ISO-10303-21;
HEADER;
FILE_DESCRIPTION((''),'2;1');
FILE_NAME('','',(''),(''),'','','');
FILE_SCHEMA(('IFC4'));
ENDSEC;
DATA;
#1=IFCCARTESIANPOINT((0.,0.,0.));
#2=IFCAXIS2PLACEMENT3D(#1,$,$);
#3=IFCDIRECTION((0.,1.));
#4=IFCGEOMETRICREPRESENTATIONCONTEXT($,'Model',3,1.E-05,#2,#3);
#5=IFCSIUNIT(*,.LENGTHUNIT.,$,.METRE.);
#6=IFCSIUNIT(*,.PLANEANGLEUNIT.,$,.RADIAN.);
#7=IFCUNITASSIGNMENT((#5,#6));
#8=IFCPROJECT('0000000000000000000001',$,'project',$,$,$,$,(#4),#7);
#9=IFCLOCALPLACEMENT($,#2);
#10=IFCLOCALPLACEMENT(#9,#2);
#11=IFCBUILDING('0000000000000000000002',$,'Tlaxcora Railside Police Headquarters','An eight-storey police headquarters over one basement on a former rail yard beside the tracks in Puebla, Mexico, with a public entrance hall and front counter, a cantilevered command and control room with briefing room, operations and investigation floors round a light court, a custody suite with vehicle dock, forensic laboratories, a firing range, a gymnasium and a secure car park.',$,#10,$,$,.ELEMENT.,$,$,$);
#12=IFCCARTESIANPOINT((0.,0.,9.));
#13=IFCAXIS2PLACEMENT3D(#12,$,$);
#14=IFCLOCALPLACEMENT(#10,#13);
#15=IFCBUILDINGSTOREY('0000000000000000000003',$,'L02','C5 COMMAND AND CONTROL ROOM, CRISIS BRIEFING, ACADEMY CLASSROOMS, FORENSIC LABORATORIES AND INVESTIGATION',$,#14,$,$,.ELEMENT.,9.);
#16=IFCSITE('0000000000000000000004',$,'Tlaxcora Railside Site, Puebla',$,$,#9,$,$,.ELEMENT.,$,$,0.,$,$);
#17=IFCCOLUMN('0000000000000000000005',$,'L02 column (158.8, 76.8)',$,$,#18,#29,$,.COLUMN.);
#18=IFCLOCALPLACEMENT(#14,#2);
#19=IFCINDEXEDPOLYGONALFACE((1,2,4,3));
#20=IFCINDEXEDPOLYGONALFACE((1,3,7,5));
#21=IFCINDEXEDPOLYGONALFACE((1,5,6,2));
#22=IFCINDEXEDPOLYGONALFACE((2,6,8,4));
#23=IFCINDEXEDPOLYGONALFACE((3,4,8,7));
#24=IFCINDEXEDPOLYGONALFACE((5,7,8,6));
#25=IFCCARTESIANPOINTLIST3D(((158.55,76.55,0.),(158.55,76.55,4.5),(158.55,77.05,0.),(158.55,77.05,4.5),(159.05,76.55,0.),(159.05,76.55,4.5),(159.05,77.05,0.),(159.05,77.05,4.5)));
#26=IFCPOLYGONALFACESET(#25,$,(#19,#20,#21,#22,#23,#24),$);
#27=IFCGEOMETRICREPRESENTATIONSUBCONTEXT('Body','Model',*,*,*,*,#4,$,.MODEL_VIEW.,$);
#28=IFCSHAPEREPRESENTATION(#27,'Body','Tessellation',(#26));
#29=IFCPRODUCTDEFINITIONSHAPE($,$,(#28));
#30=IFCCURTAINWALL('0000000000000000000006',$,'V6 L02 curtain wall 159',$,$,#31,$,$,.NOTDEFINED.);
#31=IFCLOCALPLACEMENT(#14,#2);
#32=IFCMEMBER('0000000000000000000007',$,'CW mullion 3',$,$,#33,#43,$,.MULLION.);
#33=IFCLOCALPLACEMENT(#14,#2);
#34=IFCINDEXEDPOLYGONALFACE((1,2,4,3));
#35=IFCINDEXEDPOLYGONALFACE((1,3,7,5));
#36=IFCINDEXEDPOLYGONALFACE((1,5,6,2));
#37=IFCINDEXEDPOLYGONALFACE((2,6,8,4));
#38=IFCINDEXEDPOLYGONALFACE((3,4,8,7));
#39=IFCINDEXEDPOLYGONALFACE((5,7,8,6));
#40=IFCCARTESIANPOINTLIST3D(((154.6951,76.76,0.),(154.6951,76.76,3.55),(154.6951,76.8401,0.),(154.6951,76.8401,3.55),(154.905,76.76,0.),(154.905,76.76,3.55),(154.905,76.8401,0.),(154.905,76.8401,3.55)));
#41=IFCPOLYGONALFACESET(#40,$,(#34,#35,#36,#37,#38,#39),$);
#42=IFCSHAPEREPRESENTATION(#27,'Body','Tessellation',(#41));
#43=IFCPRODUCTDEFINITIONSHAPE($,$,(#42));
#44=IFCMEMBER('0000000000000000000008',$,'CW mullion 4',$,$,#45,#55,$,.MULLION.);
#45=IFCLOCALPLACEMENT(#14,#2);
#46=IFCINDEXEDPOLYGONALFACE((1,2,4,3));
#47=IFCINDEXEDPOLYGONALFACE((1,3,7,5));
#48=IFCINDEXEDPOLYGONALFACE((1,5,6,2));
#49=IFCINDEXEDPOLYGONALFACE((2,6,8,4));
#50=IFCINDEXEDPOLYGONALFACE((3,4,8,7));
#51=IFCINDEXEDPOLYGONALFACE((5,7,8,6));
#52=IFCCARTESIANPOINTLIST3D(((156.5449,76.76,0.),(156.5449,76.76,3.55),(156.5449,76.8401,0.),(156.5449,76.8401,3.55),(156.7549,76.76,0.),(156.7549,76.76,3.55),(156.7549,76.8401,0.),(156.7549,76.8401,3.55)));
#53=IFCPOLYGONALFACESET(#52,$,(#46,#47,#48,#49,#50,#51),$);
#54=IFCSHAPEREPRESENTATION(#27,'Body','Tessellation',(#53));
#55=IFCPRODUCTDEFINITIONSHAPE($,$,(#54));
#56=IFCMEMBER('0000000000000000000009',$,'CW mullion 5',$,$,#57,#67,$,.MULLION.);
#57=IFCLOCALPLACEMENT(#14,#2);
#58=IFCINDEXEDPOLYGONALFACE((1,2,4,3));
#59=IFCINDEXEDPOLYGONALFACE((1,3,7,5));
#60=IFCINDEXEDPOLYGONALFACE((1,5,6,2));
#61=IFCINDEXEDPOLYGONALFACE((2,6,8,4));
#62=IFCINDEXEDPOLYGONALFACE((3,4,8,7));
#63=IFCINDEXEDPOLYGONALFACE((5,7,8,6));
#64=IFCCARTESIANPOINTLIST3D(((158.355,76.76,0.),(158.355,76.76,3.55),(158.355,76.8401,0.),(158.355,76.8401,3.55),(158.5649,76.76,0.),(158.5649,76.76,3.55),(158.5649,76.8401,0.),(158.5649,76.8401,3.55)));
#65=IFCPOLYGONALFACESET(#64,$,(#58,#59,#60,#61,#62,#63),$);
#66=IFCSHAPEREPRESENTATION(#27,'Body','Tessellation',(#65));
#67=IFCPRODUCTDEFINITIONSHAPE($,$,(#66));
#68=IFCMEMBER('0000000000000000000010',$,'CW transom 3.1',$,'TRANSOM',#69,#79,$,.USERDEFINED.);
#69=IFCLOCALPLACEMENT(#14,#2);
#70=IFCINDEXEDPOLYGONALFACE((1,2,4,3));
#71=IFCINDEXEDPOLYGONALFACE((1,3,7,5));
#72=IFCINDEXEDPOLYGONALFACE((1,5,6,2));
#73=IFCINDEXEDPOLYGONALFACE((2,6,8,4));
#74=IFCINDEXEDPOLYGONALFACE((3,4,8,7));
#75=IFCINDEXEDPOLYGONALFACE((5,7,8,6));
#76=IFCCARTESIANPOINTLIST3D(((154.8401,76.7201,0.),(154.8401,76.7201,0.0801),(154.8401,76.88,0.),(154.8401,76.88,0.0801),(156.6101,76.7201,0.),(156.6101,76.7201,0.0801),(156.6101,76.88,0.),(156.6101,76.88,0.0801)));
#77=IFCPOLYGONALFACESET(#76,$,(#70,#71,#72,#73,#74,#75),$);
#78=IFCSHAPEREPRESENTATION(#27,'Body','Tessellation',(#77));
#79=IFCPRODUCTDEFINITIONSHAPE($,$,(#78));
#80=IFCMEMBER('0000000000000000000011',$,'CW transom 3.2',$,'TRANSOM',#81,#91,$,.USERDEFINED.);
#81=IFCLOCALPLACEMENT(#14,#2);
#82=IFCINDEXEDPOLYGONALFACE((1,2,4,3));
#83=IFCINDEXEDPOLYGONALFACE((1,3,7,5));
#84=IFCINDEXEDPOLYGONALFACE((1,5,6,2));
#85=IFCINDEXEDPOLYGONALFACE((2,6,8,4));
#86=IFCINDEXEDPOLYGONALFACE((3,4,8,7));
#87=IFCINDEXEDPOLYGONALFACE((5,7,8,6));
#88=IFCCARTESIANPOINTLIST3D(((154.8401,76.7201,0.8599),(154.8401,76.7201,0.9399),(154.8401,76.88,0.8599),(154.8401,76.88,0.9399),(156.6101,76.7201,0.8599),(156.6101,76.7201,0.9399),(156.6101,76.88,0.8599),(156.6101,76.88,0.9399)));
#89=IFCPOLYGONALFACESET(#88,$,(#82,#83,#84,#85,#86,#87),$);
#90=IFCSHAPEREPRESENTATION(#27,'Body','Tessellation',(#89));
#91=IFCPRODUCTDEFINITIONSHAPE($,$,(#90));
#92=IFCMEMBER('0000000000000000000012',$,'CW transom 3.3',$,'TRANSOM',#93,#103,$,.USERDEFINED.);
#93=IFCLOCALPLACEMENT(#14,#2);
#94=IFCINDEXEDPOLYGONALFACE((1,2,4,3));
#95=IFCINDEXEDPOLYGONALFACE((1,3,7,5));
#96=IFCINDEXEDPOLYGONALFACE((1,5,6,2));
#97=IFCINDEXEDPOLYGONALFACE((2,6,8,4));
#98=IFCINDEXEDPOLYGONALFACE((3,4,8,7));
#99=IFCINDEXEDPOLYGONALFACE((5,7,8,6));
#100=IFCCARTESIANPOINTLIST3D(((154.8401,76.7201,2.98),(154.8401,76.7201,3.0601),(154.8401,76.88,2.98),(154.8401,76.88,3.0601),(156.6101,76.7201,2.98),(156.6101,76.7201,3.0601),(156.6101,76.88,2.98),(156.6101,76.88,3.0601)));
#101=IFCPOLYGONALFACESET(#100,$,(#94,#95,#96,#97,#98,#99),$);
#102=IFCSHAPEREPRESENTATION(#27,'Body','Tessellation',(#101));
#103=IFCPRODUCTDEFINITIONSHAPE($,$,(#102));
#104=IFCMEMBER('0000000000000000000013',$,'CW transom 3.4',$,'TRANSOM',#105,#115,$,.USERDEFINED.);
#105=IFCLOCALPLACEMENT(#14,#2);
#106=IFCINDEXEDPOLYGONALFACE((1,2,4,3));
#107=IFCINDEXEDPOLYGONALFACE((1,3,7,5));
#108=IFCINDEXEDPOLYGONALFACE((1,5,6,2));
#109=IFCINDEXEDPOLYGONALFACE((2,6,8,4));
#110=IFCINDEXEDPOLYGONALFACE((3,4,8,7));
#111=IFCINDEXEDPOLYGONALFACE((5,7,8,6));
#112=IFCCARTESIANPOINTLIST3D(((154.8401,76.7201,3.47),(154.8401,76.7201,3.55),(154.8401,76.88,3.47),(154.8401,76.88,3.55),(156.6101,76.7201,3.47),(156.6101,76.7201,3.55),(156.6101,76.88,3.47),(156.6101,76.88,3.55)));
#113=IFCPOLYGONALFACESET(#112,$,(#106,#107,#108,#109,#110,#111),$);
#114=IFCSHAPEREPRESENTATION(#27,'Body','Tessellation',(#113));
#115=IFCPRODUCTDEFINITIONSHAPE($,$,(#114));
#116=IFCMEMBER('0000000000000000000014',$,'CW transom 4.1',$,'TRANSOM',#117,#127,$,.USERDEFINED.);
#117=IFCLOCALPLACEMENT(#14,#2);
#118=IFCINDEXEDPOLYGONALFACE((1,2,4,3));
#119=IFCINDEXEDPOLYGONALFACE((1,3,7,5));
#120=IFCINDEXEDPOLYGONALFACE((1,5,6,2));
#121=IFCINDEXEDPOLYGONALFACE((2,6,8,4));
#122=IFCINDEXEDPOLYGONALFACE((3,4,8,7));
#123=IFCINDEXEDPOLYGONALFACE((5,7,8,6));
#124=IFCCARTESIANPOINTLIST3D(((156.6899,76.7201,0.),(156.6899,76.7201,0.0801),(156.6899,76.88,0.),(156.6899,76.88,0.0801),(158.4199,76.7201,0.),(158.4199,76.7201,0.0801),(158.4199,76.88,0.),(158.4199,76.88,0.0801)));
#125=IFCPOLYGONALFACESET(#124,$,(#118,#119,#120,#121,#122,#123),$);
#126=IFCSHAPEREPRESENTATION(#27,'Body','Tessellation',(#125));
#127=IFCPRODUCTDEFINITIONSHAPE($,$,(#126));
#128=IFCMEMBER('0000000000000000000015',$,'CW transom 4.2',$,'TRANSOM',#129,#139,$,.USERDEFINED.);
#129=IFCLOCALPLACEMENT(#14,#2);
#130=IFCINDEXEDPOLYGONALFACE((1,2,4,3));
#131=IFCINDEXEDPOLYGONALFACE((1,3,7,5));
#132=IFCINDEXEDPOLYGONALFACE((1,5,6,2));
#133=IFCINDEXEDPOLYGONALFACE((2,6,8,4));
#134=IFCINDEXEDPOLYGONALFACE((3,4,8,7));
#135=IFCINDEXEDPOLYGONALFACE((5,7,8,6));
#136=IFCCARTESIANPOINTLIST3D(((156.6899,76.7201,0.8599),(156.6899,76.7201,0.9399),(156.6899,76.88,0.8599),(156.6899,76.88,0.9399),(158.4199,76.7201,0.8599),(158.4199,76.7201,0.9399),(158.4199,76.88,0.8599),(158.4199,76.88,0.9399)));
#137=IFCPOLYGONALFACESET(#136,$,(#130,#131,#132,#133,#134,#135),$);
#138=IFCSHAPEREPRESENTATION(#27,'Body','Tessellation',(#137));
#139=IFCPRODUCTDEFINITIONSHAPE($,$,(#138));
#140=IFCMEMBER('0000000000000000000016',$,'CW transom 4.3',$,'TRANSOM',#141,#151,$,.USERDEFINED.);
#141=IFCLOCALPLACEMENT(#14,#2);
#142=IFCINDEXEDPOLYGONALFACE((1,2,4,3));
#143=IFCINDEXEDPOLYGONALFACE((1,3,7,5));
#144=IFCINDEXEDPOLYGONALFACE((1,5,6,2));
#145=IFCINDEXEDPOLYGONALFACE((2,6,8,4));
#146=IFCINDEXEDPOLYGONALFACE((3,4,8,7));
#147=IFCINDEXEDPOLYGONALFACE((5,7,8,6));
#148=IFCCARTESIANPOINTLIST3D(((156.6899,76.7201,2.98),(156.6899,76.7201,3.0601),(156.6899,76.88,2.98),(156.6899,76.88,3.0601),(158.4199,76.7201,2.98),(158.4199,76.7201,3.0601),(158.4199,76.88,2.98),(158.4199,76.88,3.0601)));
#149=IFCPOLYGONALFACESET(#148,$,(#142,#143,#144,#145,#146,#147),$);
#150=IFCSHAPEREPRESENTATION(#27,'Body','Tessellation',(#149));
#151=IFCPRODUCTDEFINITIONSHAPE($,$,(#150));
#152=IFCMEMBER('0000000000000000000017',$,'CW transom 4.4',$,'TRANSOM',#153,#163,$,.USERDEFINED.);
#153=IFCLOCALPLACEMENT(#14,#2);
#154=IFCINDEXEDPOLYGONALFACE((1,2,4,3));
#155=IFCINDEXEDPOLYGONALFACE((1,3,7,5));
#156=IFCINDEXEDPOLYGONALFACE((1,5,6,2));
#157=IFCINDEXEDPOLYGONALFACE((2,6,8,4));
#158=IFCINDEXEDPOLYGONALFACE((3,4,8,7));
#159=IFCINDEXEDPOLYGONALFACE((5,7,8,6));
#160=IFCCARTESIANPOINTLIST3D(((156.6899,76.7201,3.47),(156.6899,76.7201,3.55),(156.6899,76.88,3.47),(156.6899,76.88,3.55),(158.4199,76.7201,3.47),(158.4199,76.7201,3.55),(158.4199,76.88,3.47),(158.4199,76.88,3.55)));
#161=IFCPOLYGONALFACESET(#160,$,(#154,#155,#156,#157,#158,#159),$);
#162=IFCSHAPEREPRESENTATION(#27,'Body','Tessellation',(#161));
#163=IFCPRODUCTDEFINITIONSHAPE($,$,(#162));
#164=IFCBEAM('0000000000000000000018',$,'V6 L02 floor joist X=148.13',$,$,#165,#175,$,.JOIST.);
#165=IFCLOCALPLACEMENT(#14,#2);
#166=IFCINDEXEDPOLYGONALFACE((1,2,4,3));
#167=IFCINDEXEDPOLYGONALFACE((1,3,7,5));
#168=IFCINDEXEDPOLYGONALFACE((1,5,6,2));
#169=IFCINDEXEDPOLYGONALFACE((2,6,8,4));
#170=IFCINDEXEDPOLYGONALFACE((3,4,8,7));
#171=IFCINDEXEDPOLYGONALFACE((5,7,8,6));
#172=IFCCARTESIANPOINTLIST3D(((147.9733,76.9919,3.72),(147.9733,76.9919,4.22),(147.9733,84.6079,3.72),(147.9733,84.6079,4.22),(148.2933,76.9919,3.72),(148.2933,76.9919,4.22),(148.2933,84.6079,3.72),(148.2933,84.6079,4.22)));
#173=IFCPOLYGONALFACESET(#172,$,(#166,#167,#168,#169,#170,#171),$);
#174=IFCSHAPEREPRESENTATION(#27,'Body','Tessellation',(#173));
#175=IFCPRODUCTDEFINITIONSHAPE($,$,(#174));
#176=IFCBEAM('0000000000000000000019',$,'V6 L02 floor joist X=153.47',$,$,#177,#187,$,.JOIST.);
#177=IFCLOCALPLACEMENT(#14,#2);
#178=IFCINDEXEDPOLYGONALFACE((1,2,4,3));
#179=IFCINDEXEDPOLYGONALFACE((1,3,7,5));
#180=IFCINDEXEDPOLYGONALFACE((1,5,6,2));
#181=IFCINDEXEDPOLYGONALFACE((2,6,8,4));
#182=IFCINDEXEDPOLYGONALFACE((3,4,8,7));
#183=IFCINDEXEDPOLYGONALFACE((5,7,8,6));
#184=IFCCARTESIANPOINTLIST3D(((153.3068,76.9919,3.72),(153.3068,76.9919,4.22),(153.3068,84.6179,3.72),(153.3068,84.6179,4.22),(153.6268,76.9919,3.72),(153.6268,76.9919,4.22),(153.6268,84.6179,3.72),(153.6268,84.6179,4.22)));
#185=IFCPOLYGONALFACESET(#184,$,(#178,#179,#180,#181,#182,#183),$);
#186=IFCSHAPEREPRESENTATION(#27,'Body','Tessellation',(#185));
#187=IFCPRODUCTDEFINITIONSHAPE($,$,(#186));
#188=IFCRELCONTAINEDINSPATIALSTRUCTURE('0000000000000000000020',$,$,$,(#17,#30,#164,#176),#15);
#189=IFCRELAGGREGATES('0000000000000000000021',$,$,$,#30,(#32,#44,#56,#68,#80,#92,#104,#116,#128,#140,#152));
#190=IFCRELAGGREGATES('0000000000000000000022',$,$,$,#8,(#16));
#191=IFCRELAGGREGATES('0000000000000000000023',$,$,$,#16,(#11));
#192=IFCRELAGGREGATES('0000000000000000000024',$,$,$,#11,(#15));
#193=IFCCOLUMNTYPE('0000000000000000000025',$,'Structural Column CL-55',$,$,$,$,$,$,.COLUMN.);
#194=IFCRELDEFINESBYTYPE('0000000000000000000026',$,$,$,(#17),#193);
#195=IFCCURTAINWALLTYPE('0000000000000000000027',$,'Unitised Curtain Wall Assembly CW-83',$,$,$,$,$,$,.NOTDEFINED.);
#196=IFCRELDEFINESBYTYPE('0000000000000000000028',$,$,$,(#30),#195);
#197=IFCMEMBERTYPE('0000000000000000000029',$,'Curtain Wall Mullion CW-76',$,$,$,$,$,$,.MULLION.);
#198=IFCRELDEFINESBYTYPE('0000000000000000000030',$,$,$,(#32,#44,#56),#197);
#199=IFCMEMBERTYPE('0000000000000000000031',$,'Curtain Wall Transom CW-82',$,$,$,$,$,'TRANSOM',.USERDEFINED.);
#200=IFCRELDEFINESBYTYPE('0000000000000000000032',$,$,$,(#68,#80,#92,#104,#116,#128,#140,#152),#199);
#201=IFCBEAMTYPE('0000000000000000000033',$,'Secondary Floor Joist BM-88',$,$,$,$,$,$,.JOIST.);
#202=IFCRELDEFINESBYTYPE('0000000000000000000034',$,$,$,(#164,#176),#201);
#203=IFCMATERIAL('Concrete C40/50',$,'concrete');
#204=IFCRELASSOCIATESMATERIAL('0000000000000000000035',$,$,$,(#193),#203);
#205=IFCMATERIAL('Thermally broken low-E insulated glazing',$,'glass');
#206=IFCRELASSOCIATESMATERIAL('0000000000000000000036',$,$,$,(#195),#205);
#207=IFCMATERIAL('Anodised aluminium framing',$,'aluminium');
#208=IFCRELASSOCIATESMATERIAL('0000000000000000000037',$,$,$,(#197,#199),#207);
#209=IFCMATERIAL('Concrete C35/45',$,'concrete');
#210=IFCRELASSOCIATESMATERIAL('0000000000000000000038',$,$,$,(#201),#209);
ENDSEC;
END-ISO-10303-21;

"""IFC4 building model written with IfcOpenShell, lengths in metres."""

from ifc_helpers import new_model, si_unit, direction, frame, origin, origin_2d, place, context, subcontext, project, spatial, rectangle, extrude, material, material_profile, profile_set, type_object, element, aggregate, save


model = new_model("IFC4")

# Units and contexts
model_context = context("Model", 3, precision=1e-05, world=origin(), true_north=direction((0.0, 1.0)))
body_context = subcontext(model_context, "Body", "Model", "MODEL_VIEW")
ifc_project = project(units=[si_unit("LENGTHUNIT", "METRE"), si_unit("PLANEANGLEUNIT", "RADIAN")], contexts=[model_context])

# Site, building, storey
site_placement = place(None, origin())
site = spatial("IfcSite", under=ifc_project, at=site_placement, Name="Tlaxcora Railside Site, Puebla", CompositionType="ELEMENT", RefElevation=0.0)
building_placement = place(site_placement, origin())
building = spatial("IfcBuilding", under=site, at=building_placement, Name="Tlaxcora Railside Police Headquarters", Description="An eight-storey police headquarters over one basement on a former rail yard beside the tracks in Puebla, Mexico, with a public entrance hall and front counter, a cantilevered command and control room with briefing room, operations and investigation floors round a light court, a custody suite with vehicle dock, forensic laboratories, a firing range, a gymnasium and a secure car park.", CompositionType="ELEMENT")
storey_placement = place(building_placement, frame((0.0, 0.0, 9.0)))
storey = spatial("IfcBuildingStorey", under=building, at=storey_placement, Name="L02", Description="C5 COMMAND AND CONTROL ROOM, CRISIS BRIEFING, ACADEMY CLASSROOMS, FORENSIC LABORATORIES AND INVESTIGATION", CompositionType="ELEMENT", Elevation=9.0)

# Column
ifc_material_1 = material(Name="Concrete C40/50", Category="concrete")
ifc_material_profile_1 = material_profile(ifc_material_1, rectangle(XDim=0.5, YDim=0.5, at=origin_2d()), Name="RC500X500")
ifc_profile_set_1 = profile_set([ifc_material_profile_1], Name="Concrete C40/50")
column_type = type_object("IfcColumnType", Name="Structural Column CL-55", PredefinedType="COLUMN", material=ifc_profile_set_1)
column_placement = place(storey_placement, frame((158.8, 76.8, 0.0), z_axis=(0.0, 0.0, 1.0), x_axis=(1.0, 0.0, 0.0)))
element("IfcColumn", 1, at=column_placement, inside=storey, type_object=column_type, Name="L02 column (158.8, 76.8)", PredefinedType="COLUMN", context=body_context, shape_type="SweptSolid", body=[
    extrude(rectangle(XDim=0.5, YDim=0.5, at=origin_2d()), origin(), (0.0, 0.0, 1.0), 4.5),
])

# Curtain wall, members
ifc_material_2 = material(Name="Thermally broken low-E insulated glazing", Category="glass")
curtain_wall_type = type_object("IfcCurtainWallType", Name="Unitised Curtain Wall Assembly CW-83", PredefinedType="NOTDEFINED", material=ifc_material_2)
curtain_wall_placement = place(storey_placement, origin())
curtain_wall = element("IfcCurtainWall", 2, at=curtain_wall_placement, inside=storey, type_object=curtain_wall_type, Name="V6 L02 curtain wall 159", PredefinedType="NOTDEFINED")
ifc_material_3 = material(Name="Anodised aluminium framing", Category="aluminium")
ifc_material_profile_2 = material_profile(ifc_material_3, rectangle(XDim=0.0801, YDim=0.21, at=origin_2d()), Name="AL80X210")
ifc_profile_set_2 = profile_set([ifc_material_profile_2], Name="Anodised aluminium framing")
member_type_1 = type_object("IfcMemberType", Name="Curtain Wall Mullion CW-76", PredefinedType="MULLION", material=ifc_profile_set_2)
member_1_placement = place(storey_placement, frame((154.8, 76.8, 0.0), z_axis=(0.0, 0.0, 1.0), x_axis=(0.0, 1.0, 0.0)))
member_1 = element("IfcMember", 3, at=member_1_placement, type_object=member_type_1, Name="CW mullion 3", PredefinedType="MULLION", context=body_context, shape_type="SweptSolid", body=[
    extrude(rectangle(XDim=0.0801, YDim=0.21, at=origin_2d()), origin(), (0.0, 0.0, 1.0), 3.55),
])
member_2_placement = place(storey_placement, frame((156.6499, 76.8, 0.0), z_axis=(0.0, 0.0, 1.0), x_axis=(0.0, 1.0, 0.0)))
member_2 = element("IfcMember", 4, at=member_2_placement, type_object=member_type_1, Name="CW mullion 4", PredefinedType="MULLION", context=body_context, shape_type="SweptSolid", body=[
    extrude(rectangle(XDim=0.0801, YDim=0.21, at=origin_2d()), origin(), (0.0, 0.0, 1.0), 3.55),
])
member_3_placement = place(storey_placement, frame((158.46, 76.8, 0.0), z_axis=(0.0, 0.0, 1.0), x_axis=(0.0, 1.0, 0.0)))
member_3 = element("IfcMember", 5, at=member_3_placement, type_object=member_type_1, Name="CW mullion 5", PredefinedType="MULLION", context=body_context, shape_type="SweptSolid", body=[
    extrude(rectangle(XDim=0.0801, YDim=0.21, at=origin_2d()), origin(), (0.0, 0.0, 1.0), 3.55),
])
ifc_material_profile_3 = material_profile(ifc_material_3, rectangle(XDim=0.1599, YDim=0.0801, at=origin_2d()), Name="AL80X160")
ifc_profile_set_3 = profile_set([ifc_material_profile_3], Name="Anodised aluminium framing")
member_type_2 = type_object("IfcMemberType", Name="Curtain Wall Transom CW-82", ElementType="TRANSOM", PredefinedType="USERDEFINED", material=ifc_profile_set_3)
member_4_placement = place(storey_placement, frame((154.8401, 76.8, 0.04), z_axis=(1.0, 0.0, 0.0), x_axis=(0.0, 1.0, 0.0)))
member_4 = element("IfcMember", 6, at=member_4_placement, type_object=member_type_2, Name="CW transom 3.1", ObjectType="TRANSOM", PredefinedType="USERDEFINED", context=body_context, shape_type="SweptSolid", body=[
    extrude(rectangle(XDim=0.1599, YDim=0.0801, at=origin_2d()), origin(), (0.0, 0.0, 1.0), 1.77),
])
member_5_placement = place(storey_placement, frame((154.8401, 76.8, 0.8999), z_axis=(1.0, 0.0, 0.0), x_axis=(0.0, 1.0, 0.0)))
member_5 = element("IfcMember", 7, at=member_5_placement, type_object=member_type_2, Name="CW transom 3.2", ObjectType="TRANSOM", PredefinedType="USERDEFINED", context=body_context, shape_type="SweptSolid", body=[
    extrude(rectangle(XDim=0.1599, YDim=0.0801, at=origin_2d()), origin(), (0.0, 0.0, 1.0), 1.77),
])
member_6_placement = place(storey_placement, frame((154.8401, 76.8, 3.02), z_axis=(1.0, 0.0, 0.0), x_axis=(0.0, 1.0, 0.0)))
member_6 = element("IfcMember", 8, at=member_6_placement, type_object=member_type_2, Name="CW transom 3.3", ObjectType="TRANSOM", PredefinedType="USERDEFINED", context=body_context, shape_type="SweptSolid", body=[
    extrude(rectangle(XDim=0.1599, YDim=0.0801, at=origin_2d()), origin(), (0.0, 0.0, 1.0), 1.77),
])
member_7_placement = place(storey_placement, frame((154.8401, 76.8, 3.51), z_axis=(1.0, 0.0, 0.0), x_axis=(0.0, 1.0, 0.0)))
member_7 = element("IfcMember", 9, at=member_7_placement, type_object=member_type_2, Name="CW transom 3.4", ObjectType="TRANSOM", PredefinedType="USERDEFINED", context=body_context, shape_type="SweptSolid", body=[
    extrude(rectangle(XDim=0.1599, YDim=0.0801, at=origin_2d()), origin(), (0.0, 0.0, 1.0), 1.77),
])
member_8_placement = place(storey_placement, frame((156.6899, 76.8, 0.04), z_axis=(1.0, 0.0, 0.0), x_axis=(0.0, 1.0, 0.0)))
member_8 = element("IfcMember", 10, at=member_8_placement, type_object=member_type_2, Name="CW transom 4.1", ObjectType="TRANSOM", PredefinedType="USERDEFINED", context=body_context, shape_type="SweptSolid", body=[
    extrude(rectangle(XDim=0.1599, YDim=0.0801, at=origin_2d()), origin(), (0.0, 0.0, 1.0), 1.73),
])
member_9_placement = place(storey_placement, frame((156.6899, 76.8, 0.8999), z_axis=(1.0, 0.0, 0.0), x_axis=(0.0, 1.0, 0.0)))
member_9 = element("IfcMember", 11, at=member_9_placement, type_object=member_type_2, Name="CW transom 4.2", ObjectType="TRANSOM", PredefinedType="USERDEFINED", context=body_context, shape_type="SweptSolid", body=[
    extrude(rectangle(XDim=0.1599, YDim=0.0801, at=origin_2d()), origin(), (0.0, 0.0, 1.0), 1.73),
])
member_10_placement = place(storey_placement, frame((156.6899, 76.8, 3.02), z_axis=(1.0, 0.0, 0.0), x_axis=(0.0, 1.0, 0.0)))
member_10 = element("IfcMember", 12, at=member_10_placement, type_object=member_type_2, Name="CW transom 4.3", ObjectType="TRANSOM", PredefinedType="USERDEFINED", context=body_context, shape_type="SweptSolid", body=[
    extrude(rectangle(XDim=0.1599, YDim=0.0801, at=origin_2d()), origin(), (0.0, 0.0, 1.0), 1.73),
])
member_11_placement = place(storey_placement, frame((156.6899, 76.8, 3.51), z_axis=(1.0, 0.0, 0.0), x_axis=(0.0, 1.0, 0.0)))
member_11 = element("IfcMember", 13, at=member_11_placement, type_object=member_type_2, Name="CW transom 4.4", ObjectType="TRANSOM", PredefinedType="USERDEFINED", context=body_context, shape_type="SweptSolid", body=[
    extrude(rectangle(XDim=0.1599, YDim=0.0801, at=origin_2d()), origin(), (0.0, 0.0, 1.0), 1.73),
])

# Beams
ifc_material_4 = material(Name="Concrete C35/45", Category="concrete")
ifc_material_profile_4 = material_profile(ifc_material_4, rectangle(XDim=0.3201, YDim=0.5, at=origin_2d()), Name="RC320X500")
ifc_profile_set_4 = profile_set([ifc_material_profile_4], Name="Concrete C35/45")
beam_type = type_object("IfcBeamType", Name="Secondary Floor Joist BM-88", PredefinedType="JOIST", material=ifc_profile_set_4)
beam_1_placement = place(storey_placement, frame((148.1333, 76.9919, 3.97), z_axis=(0.0, 1.0, 0.0), x_axis=(-1.0, 0.0, 0.0)))
element("IfcBeam", 14, at=beam_1_placement, inside=storey, type_object=beam_type, Name="V6 L02 floor joist X=148.13", PredefinedType="JOIST", context=body_context, shape_type="SweptSolid", body=[
    extrude(rectangle(XDim=0.3201, YDim=0.5, at=origin_2d()), origin(), (0.0, 0.0, 1.0), 7.616),
])
beam_2_placement = place(storey_placement, frame((153.4668, 76.9919, 3.97), z_axis=(0.0, 1.0, 0.0), x_axis=(-1.0, 0.0, 0.0)))
element("IfcBeam", 15, at=beam_2_placement, inside=storey, type_object=beam_type, Name="V6 L02 floor joist X=153.47", PredefinedType="JOIST", context=body_context, shape_type="SweptSolid", body=[
    extrude(rectangle(XDim=0.3201, YDim=0.5, at=origin_2d()), origin(), (0.0, 0.0, 1.0), 7.626),
])

aggregate(curtain_wall, [member_1, member_2, member_3, member_4, member_5, member_6, member_7, member_8, member_9, member_10, member_11])

save(model, "model.ifc")
